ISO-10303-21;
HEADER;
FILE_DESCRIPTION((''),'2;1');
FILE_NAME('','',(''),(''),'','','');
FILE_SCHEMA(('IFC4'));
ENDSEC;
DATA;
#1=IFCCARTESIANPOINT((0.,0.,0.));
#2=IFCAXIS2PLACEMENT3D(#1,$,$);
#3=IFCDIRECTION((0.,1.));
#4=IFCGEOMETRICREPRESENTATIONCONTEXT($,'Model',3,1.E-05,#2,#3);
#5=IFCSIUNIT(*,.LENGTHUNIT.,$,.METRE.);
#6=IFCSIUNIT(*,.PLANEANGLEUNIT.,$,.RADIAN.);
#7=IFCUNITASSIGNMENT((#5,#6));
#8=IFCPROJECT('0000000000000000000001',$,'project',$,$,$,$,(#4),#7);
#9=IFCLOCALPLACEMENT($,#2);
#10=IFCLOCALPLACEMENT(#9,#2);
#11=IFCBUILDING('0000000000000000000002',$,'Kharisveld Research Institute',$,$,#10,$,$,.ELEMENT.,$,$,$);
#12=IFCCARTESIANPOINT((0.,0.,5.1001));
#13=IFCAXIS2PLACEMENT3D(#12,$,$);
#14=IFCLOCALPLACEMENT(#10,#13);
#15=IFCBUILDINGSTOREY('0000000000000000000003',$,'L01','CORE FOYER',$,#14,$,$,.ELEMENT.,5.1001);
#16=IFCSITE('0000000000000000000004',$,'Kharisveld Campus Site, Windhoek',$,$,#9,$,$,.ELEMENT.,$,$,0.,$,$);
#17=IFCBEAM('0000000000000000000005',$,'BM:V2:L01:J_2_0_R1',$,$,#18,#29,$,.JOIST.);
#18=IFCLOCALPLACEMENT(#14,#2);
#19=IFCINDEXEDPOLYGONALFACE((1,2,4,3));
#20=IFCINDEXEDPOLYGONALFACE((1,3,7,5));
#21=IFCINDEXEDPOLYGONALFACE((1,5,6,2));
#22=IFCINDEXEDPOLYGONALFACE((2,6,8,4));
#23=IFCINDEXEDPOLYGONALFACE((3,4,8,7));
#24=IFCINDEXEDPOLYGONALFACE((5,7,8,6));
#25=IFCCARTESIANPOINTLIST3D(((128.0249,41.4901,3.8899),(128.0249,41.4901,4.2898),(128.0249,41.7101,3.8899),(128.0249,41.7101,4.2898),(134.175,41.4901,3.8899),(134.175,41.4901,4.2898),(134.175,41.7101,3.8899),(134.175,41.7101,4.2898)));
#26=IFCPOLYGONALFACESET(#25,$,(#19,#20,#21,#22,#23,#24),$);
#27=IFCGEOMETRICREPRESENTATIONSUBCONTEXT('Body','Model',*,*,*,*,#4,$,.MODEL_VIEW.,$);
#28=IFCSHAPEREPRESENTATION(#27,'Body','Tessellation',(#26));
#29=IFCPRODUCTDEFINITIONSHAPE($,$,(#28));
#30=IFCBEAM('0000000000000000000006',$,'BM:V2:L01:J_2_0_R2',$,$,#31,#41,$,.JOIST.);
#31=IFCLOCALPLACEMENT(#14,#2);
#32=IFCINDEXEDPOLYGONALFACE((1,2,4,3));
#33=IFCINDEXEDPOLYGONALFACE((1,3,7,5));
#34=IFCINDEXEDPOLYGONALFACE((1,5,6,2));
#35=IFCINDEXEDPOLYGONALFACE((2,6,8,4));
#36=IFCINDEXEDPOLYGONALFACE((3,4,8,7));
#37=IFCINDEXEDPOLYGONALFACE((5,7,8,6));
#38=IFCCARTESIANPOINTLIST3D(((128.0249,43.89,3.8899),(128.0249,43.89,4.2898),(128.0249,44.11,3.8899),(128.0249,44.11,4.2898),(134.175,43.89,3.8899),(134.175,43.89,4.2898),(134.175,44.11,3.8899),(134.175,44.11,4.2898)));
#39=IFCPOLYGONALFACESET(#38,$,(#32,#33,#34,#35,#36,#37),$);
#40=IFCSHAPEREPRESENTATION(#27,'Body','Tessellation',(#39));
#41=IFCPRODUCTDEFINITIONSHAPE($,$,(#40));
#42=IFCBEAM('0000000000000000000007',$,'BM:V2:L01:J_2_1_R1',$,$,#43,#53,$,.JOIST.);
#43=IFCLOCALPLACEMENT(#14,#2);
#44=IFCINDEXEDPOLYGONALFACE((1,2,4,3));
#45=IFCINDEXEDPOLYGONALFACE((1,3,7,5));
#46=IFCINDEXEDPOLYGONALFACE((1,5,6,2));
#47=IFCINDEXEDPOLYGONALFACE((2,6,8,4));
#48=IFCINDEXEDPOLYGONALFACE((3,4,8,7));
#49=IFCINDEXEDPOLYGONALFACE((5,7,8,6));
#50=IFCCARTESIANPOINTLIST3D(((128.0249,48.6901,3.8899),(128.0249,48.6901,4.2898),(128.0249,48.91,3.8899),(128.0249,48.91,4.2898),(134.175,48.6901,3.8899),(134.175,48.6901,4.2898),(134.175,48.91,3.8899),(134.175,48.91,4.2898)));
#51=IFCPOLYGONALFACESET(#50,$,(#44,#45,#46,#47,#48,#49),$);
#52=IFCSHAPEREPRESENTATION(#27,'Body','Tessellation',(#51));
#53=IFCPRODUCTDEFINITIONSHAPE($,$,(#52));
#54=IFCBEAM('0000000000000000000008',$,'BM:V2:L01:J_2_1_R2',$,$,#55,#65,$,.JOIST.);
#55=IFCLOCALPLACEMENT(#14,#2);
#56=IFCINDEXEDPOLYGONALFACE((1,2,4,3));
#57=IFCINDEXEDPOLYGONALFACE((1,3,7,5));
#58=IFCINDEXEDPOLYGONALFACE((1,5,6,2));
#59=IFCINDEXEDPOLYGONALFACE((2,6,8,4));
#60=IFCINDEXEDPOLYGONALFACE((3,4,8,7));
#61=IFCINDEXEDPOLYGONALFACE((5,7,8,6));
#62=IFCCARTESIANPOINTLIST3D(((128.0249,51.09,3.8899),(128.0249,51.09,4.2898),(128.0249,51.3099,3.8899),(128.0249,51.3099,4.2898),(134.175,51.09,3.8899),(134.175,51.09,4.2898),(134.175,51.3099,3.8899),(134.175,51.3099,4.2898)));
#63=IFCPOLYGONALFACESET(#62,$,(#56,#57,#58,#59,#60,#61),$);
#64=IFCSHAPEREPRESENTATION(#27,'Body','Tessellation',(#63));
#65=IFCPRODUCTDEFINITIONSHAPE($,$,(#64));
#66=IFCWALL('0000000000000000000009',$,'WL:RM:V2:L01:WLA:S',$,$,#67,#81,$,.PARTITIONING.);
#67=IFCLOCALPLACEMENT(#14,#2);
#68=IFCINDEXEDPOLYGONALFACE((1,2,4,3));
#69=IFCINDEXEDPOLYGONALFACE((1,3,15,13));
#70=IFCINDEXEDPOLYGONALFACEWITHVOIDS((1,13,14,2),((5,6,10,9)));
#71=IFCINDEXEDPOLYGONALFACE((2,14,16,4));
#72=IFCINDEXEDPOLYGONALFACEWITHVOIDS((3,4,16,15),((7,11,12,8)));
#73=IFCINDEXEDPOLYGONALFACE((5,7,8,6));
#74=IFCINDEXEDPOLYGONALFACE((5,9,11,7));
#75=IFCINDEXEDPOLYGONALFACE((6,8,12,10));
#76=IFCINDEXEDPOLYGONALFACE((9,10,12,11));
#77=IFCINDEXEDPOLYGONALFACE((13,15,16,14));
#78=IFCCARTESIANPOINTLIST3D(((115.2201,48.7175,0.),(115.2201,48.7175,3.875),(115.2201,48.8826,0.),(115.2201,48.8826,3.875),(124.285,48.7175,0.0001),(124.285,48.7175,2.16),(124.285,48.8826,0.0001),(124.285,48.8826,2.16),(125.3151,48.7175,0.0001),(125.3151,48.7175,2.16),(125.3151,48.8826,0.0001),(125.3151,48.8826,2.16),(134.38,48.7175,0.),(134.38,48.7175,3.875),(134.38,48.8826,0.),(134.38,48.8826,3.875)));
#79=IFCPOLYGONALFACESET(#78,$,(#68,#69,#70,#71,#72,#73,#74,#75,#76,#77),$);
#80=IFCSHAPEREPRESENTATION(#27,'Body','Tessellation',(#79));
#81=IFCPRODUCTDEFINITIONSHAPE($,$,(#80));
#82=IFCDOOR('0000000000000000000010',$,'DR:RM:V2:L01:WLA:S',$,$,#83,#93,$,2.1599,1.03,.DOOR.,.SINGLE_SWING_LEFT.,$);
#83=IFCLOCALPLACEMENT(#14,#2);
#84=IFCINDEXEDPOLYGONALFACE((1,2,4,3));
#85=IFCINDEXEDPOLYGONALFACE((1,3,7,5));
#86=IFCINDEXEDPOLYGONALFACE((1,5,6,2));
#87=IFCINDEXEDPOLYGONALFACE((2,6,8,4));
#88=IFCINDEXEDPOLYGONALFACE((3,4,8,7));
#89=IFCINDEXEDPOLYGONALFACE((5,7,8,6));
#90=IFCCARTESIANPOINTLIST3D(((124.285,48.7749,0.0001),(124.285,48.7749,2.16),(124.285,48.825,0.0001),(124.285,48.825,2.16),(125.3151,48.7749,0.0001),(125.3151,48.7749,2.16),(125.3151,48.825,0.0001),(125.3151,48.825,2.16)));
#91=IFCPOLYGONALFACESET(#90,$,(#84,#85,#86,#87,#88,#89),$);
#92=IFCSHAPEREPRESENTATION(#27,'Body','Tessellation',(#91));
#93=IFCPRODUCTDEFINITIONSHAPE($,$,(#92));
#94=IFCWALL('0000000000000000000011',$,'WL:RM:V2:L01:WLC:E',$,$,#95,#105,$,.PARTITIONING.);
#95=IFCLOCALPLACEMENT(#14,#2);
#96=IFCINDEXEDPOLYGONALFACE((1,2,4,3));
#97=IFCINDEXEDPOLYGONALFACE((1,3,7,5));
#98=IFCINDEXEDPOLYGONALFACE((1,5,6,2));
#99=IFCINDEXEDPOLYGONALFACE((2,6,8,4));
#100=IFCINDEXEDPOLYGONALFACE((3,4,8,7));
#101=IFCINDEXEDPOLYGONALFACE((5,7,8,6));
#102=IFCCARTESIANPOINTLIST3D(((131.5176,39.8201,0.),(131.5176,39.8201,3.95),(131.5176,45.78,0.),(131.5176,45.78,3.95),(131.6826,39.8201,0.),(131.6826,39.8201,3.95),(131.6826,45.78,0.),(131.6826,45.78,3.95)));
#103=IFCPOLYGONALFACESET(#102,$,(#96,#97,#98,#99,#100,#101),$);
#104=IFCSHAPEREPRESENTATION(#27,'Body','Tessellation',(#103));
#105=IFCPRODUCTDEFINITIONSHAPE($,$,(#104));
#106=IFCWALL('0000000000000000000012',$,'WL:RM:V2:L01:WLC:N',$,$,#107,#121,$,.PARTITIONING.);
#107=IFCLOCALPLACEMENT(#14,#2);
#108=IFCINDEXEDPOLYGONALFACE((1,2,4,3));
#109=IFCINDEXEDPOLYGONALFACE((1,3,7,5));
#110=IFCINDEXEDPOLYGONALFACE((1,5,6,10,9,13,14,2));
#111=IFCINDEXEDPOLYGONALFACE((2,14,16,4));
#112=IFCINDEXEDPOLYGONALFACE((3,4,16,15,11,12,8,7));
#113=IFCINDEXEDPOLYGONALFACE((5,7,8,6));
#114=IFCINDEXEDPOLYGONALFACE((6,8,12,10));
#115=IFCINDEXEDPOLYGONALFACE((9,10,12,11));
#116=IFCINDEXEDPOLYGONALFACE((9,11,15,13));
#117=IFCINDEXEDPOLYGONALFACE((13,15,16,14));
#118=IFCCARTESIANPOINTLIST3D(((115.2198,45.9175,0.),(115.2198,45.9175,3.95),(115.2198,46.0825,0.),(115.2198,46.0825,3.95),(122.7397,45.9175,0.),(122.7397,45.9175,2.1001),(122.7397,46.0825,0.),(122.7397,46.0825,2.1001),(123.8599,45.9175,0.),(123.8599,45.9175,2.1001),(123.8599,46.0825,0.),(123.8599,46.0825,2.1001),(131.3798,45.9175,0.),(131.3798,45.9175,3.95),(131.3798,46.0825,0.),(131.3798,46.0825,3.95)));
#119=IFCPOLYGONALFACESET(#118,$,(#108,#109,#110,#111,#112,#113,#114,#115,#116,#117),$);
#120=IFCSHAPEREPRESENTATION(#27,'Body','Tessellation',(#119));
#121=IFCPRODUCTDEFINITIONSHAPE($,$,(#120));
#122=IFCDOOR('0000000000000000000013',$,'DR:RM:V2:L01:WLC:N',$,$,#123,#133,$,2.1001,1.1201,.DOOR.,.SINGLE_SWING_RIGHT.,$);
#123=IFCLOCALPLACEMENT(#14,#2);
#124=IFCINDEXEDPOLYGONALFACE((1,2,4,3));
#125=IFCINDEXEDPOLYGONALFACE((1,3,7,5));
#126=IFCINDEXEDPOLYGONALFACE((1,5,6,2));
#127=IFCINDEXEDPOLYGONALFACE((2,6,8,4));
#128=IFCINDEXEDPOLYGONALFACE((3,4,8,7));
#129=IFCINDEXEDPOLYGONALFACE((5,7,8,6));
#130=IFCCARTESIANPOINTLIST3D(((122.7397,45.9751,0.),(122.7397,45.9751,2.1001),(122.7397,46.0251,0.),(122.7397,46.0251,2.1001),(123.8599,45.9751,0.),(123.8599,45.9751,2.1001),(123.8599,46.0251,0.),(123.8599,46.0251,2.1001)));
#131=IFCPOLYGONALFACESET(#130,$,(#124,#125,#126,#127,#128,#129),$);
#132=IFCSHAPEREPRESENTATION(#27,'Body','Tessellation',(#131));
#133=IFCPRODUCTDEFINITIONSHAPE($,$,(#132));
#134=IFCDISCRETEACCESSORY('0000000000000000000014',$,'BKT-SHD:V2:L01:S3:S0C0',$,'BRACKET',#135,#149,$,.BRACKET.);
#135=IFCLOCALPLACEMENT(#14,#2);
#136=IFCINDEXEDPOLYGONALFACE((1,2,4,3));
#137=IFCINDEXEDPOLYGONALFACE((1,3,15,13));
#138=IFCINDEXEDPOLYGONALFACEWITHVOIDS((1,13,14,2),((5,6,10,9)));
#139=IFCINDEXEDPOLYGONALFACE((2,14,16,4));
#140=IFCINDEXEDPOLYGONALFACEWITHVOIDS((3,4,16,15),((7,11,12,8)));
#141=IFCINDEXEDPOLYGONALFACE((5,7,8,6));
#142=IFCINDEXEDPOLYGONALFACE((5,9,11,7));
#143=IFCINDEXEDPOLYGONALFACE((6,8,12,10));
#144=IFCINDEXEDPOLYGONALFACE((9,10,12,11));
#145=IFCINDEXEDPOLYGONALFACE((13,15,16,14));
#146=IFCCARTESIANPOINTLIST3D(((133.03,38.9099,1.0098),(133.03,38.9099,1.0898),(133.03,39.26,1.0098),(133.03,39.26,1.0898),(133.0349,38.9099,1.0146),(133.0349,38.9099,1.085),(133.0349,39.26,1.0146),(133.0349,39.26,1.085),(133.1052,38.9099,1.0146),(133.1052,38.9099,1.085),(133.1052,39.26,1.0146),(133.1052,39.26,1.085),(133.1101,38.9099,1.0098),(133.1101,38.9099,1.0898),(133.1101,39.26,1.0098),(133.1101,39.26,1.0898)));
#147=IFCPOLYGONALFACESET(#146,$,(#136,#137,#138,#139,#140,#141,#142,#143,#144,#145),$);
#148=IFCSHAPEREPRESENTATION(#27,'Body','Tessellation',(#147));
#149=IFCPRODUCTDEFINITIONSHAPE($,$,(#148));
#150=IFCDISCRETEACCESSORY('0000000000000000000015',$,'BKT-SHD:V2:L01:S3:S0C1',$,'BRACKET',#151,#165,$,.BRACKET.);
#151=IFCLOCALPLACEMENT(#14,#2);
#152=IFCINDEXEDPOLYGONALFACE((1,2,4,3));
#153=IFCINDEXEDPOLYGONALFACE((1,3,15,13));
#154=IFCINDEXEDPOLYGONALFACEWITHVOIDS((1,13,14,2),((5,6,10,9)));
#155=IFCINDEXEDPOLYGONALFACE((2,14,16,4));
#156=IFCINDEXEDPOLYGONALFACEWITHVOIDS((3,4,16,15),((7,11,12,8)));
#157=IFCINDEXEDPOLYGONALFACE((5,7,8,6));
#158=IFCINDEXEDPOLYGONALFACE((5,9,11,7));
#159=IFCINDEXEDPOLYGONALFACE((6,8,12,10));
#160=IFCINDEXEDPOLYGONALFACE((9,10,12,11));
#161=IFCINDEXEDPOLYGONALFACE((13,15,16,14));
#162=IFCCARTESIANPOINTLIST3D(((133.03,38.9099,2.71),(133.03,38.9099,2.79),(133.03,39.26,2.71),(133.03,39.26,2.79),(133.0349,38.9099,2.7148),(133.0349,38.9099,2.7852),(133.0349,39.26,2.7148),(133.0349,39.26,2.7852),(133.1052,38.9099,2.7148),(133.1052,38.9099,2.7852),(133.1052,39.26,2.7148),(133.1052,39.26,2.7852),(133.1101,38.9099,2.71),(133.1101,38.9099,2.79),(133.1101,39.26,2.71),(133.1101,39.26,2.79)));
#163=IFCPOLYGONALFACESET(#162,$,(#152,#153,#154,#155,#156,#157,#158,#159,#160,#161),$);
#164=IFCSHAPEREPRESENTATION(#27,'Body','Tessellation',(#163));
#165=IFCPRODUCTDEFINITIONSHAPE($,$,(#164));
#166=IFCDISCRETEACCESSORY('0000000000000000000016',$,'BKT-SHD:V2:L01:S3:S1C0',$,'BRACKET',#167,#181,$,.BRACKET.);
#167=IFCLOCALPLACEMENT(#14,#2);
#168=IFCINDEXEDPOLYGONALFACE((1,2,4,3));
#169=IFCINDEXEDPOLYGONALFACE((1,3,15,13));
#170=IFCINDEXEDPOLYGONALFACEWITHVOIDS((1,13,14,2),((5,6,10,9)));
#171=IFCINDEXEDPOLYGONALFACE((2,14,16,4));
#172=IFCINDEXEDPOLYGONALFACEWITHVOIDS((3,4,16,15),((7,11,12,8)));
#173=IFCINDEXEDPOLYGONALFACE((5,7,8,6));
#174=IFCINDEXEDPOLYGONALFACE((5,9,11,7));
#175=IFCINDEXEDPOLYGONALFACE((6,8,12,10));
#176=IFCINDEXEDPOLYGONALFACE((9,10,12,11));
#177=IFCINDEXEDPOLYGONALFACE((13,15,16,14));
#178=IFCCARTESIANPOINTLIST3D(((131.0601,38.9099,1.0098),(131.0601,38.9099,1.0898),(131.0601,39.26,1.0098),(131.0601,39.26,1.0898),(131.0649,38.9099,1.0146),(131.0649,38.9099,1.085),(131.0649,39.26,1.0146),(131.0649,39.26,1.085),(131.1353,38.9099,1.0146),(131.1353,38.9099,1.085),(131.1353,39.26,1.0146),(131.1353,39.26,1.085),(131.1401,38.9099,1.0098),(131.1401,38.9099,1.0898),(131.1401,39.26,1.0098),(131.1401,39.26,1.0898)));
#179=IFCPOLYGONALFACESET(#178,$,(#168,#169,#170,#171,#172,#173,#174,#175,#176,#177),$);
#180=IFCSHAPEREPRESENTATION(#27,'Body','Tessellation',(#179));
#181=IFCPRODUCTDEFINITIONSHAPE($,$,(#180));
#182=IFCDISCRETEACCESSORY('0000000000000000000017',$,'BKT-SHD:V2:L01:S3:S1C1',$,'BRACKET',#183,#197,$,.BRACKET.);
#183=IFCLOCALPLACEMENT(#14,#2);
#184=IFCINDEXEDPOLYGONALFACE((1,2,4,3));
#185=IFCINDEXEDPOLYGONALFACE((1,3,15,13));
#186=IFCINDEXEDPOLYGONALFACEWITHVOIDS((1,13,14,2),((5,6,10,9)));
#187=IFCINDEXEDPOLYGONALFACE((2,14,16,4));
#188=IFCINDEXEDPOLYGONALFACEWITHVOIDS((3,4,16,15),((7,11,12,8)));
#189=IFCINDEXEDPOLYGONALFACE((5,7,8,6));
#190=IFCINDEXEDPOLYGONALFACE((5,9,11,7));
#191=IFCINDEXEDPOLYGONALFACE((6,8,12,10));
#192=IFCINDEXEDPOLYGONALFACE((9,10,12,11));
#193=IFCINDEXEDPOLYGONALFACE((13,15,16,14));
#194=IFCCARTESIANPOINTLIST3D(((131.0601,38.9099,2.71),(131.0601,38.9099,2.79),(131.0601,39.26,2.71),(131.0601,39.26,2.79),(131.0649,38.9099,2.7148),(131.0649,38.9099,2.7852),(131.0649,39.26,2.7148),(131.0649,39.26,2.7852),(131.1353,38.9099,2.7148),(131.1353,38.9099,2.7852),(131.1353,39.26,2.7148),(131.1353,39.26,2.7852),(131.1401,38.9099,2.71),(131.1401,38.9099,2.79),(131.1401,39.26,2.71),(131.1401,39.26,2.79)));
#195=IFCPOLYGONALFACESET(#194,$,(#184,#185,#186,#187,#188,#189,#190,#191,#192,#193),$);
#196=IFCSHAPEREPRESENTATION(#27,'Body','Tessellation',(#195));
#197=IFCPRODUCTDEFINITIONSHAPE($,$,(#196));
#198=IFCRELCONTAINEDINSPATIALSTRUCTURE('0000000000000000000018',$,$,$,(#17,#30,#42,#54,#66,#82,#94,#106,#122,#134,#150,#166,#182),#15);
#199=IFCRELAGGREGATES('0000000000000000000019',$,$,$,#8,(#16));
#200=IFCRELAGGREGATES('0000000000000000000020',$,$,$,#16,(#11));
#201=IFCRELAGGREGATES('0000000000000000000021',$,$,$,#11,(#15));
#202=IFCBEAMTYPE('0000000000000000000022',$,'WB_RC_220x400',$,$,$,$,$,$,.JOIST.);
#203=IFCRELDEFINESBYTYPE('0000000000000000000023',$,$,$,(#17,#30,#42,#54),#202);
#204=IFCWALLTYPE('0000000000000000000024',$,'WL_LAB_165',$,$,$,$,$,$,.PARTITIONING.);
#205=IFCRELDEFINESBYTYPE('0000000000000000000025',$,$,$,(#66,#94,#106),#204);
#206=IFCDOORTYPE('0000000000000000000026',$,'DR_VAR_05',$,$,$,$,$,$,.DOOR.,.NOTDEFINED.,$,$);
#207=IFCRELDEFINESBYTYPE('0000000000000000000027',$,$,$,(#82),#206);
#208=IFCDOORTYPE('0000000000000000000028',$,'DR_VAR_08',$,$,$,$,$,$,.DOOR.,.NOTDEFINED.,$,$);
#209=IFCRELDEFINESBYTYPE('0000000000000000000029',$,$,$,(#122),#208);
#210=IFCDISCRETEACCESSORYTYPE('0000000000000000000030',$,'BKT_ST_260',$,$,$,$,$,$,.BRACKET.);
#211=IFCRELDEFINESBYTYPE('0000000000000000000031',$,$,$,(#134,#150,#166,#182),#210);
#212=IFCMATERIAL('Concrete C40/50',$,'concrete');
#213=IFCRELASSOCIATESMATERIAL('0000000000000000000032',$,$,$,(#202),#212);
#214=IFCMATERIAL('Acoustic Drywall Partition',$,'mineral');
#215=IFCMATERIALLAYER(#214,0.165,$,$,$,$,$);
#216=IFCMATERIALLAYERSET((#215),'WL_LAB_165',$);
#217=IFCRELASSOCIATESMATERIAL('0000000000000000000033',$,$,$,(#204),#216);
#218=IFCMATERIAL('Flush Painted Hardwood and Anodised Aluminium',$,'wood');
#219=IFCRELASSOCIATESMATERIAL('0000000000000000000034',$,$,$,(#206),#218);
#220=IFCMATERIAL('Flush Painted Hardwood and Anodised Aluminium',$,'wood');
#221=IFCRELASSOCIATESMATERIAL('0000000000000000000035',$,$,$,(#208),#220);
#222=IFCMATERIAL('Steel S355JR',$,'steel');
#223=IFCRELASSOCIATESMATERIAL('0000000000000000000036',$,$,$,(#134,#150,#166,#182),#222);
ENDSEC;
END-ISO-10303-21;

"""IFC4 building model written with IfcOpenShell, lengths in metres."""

from ifc_helpers import new_model, si_unit, direction, frame, frame_2d, origin, origin_2d, place, context, subcontext, project, spatial, rectangle, hollow_rectangle, extrude, material, layer, layer_set, material_profile, profile_set, type_object, element, fill, save


model = new_model("IFC4")

# Units and contexts
model_context = context("Model", 3, precision=1e-05, world=origin(), true_north=direction((0.0, 1.0)))
body_context = subcontext(model_context, "Body", "Model", "MODEL_VIEW")
ifc_project = project(units=[si_unit("LENGTHUNIT", "METRE"), si_unit("PLANEANGLEUNIT", "RADIAN")], contexts=[model_context])

# Site, building, storey
site_placement = place(None, origin())
site = spatial("IfcSite", under=ifc_project, at=site_placement, Name="Kharisveld Campus Site, Windhoek", CompositionType="ELEMENT", RefElevation=0.0)
building_placement = place(site_placement, origin())
building = spatial("IfcBuilding", under=site, at=building_placement, Name="Kharisveld Research Institute", CompositionType="ELEMENT")
storey_placement = place(building_placement, frame((0.0, 0.0, 5.1001)))
storey = spatial("IfcBuildingStorey", under=building, at=storey_placement, Name="L01", Description="CORE FOYER", CompositionType="ELEMENT", Elevation=5.1001)

# Beams
ifc_material_1 = material(Name="Concrete C40/50", Category="concrete")
ifc_material_profile_1 = material_profile(ifc_material_1, rectangle(XDim=0.22, YDim=0.3999, at=origin_2d()))
ifc_profile_set_1 = profile_set([ifc_material_profile_1], Name="Concrete C40/50")
beam_type_1 = type_object("IfcBeamType", Name="WB_RC_220x400", PredefinedType="JOIST", material=ifc_profile_set_1)
for number, where, z_axis, x_axis, name in (
    (1, (128.0249, 41.6001, 4.0898), (1.0, 0.0, 0.0), (0.0, 1.0, 0.0), "BM:V2:L01:J_2_0_R1"),
    (2, (128.0249, 44.0, 4.0898), (1.0, 0.0, 0.0), (0.0, 1.0, 0.0), "BM:V2:L01:J_2_0_R2"),
    (3, (128.0249, 48.8, 4.0898), (1.0, 0.0, 0.0), (0.0, 1.0, 0.0), "BM:V2:L01:J_2_1_R1"),
    (4, (128.0249, 51.2, 4.0898), (1.0, 0.0, 0.0), (0.0, 1.0, 0.0), "BM:V2:L01:J_2_1_R2"),
):
    element("IfcBeam", number, at=place(storey_placement, frame(where, z_axis=z_axis, x_axis=x_axis)), inside=storey, type_object=beam_type_1, Name=name, PredefinedType="JOIST", context=body_context, shape_type="SweptSolid", body=[
        extrude(rectangle(XDim=0.22, YDim=0.3999, at=origin_2d()), origin(), (0.0, 0.0, 1.0), 6.1501),
    ])

# Wall, opening, door
ifc_material_2 = material(Name="Acoustic Drywall Partition", Category="mineral")
ifc_layer = layer(ifc_material_2, 0.165)
ifc_layer_set = layer_set([ifc_layer], Name="WL_LAB_165")
wall_type = type_object("IfcWallType", Name="WL_LAB_165", PredefinedType="PARTITIONING", material=ifc_layer_set)
wall_1_placement = place(storey_placement, frame((115.22, 48.8, 0.0), z_axis=(0.0, 0.0, 1.0), x_axis=(1.0, 0.0, 0.0)))
wall_1 = element("IfcWall", 5, at=wall_1_placement, inside=storey, type_object=wall_type, Name="WL:RM:V2:L01:WLA:S", PredefinedType="PARTITIONING", context=body_context, shape_type="SweptSolid", body=[
    extrude(rectangle(XDim=19.1599, YDim=0.165, at=frame_2d((9.5801, 0.0))), origin(), (0.0, 0.0, 1.0), 3.875),
])
opening_1_placement = place(wall_1_placement, frame((9.0649, 0.0, 0.0)))
opening_1 = element("IfcOpeningElement", 6, at=opening_1_placement, cuts=wall_1, PredefinedType="OPENING", context=body_context, shape_type="SweptSolid", body=[
    extrude(rectangle(XDim=1.03, YDim=2.1599, at=frame_2d((0.5151, 1.0801))), frame((0.0, 0.0825, 0.0), z_axis=(0.0, -1.0, 0.0), x_axis=(1.0, 0.0, 0.0)), (0.0, 0.0, 1.0), 0.165),
])
ifc_material_3 = material(Name="Flush Painted Hardwood and Anodised Aluminium", Category="wood")
door_type_1 = type_object("IfcDoorType", Name="DR_VAR_05", OperationType="NOTDEFINED", PredefinedType="DOOR", material=ifc_material_3)
door_1_placement = place(opening_1_placement, origin())
door_1 = element("IfcDoor", 7, at=door_1_placement, inside=storey, type_object=door_type_1, Name="DR:RM:V2:L01:WLA:S", OperationType="SINGLE_SWING_LEFT", OverallHeight=2.1599, OverallWidth=1.03, PredefinedType="DOOR", context=body_context, shape_type="SweptSolid", body=[
    extrude(rectangle(XDim=1.03, YDim=2.1599, at=frame_2d((0.5151, 1.0801))), frame((0.0, 0.0249, 0.0), z_axis=(0.0, -1.0, 0.0), x_axis=(1.0, 0.0, 0.0)), (0.0, 0.0, 1.0), 0.05),
])
fill(opening_1, door_1)

# Wall
wall_2_placement = place(storey_placement, frame((131.6001, 39.8201, 0.0), z_axis=(0.0, 0.0, 1.0), x_axis=(0.0, 1.0, 0.0)))
element("IfcWall", 8, at=wall_2_placement, inside=storey, type_object=wall_type, Name="WL:RM:V2:L01:WLC:E", PredefinedType="PARTITIONING", context=body_context, shape_type="SweptSolid", body=[
    extrude(rectangle(XDim=5.96, YDim=0.165, at=frame_2d((2.98, 0.0))), origin(), (0.0, 0.0, 1.0), 3.95),
])

# Wall, opening, door
wall_3_placement = place(storey_placement, frame((131.3799, 46.0, 0.0), z_axis=(0.0, 0.0, 1.0), x_axis=(-1.0, 0.0, 0.0)))
wall_3 = element("IfcWall", 9, at=wall_3_placement, inside=storey, type_object=wall_type, Name="WL:RM:V2:L01:WLC:N", PredefinedType="PARTITIONING", context=body_context, shape_type="SweptSolid", body=[
    extrude(rectangle(XDim=16.1599, YDim=0.165, at=frame_2d((8.0801, 0.0))), origin(), (0.0, 0.0, 1.0), 3.95),
])
opening_2_placement = place(wall_3_placement, frame((7.52, 0.0, 0.0)))
opening_2 = element("IfcOpeningElement", 10, at=opening_2_placement, cuts=wall_3, PredefinedType="OPENING", context=body_context, shape_type="SweptSolid", body=[
    extrude(rectangle(XDim=1.1201, YDim=2.1001, at=frame_2d((0.5601, 1.05))), frame((0.0, 0.0825, 0.0), z_axis=(0.0, -1.0, 0.0), x_axis=(1.0, 0.0, 0.0)), (0.0, 0.0, 1.0), 0.165),
])
ifc_material_4 = material(Name="Flush Painted Hardwood and Anodised Aluminium", Category="wood")
door_type_2 = type_object("IfcDoorType", Name="DR_VAR_08", OperationType="NOTDEFINED", PredefinedType="DOOR", material=ifc_material_4)
door_2_placement = place(opening_2_placement, origin())
door_2 = element("IfcDoor", 11, at=door_2_placement, inside=storey, type_object=door_type_2, Name="DR:RM:V2:L01:WLC:N", OperationType="SINGLE_SWING_RIGHT", OverallHeight=2.1001, OverallWidth=1.1201, PredefinedType="DOOR", context=body_context, shape_type="SweptSolid", body=[
    extrude(rectangle(XDim=1.1201, YDim=2.1001, at=frame_2d((0.5601, 1.05))), frame((0.0, 0.0249, 0.0), z_axis=(0.0, -1.0, 0.0), x_axis=(1.0, 0.0, 0.0)), (0.0, 0.0, 1.0), 0.05),
])
fill(opening_2, door_2)

# Discrete accessories
ifc_material_5 = material(Name="Steel S355JR", Category="steel")
discrete_accessory_type = type_object("IfcDiscreteAccessoryType", Name="BKT_ST_260", PredefinedType="BRACKET")
for number, where, z_axis, x_axis, name in (
    (12, (133.0701, 39.26, 1.0498), (0.0, -1.0, 0.0), (1.0, 0.0, 0.0), "BKT-SHD:V2:L01:S3:S0C0"),
    (13, (133.0701, 39.26, 2.75), (0.0, -1.0, 0.0), (1.0, 0.0, 0.0), "BKT-SHD:V2:L01:S3:S0C1"),
    (14, (131.1001, 39.26, 1.0498), (0.0, -1.0, 0.0), (1.0, 0.0, 0.0), "BKT-SHD:V2:L01:S3:S1C0"),
    (15, (131.1001, 39.26, 2.75), (0.0, -1.0, 0.0), (1.0, 0.0, 0.0), "BKT-SHD:V2:L01:S3:S1C1"),
):
    element("IfcDiscreteAccessory", number, at=place(storey_placement, frame(where, z_axis=z_axis, x_axis=x_axis)), inside=storey, type_object=discrete_accessory_type, material=ifc_material_5, Name=name, ObjectType="BRACKET", PredefinedType="BRACKET", context=body_context, shape_type="SweptSolid", body=[
        extrude(hollow_rectangle(XDim=0.0801, YDim=0.0801, WallThickness=0.0049, at=origin_2d()), origin(), (0.0, 0.0, 1.0), 0.3501),
    ])

save(model, "model.ifc")
